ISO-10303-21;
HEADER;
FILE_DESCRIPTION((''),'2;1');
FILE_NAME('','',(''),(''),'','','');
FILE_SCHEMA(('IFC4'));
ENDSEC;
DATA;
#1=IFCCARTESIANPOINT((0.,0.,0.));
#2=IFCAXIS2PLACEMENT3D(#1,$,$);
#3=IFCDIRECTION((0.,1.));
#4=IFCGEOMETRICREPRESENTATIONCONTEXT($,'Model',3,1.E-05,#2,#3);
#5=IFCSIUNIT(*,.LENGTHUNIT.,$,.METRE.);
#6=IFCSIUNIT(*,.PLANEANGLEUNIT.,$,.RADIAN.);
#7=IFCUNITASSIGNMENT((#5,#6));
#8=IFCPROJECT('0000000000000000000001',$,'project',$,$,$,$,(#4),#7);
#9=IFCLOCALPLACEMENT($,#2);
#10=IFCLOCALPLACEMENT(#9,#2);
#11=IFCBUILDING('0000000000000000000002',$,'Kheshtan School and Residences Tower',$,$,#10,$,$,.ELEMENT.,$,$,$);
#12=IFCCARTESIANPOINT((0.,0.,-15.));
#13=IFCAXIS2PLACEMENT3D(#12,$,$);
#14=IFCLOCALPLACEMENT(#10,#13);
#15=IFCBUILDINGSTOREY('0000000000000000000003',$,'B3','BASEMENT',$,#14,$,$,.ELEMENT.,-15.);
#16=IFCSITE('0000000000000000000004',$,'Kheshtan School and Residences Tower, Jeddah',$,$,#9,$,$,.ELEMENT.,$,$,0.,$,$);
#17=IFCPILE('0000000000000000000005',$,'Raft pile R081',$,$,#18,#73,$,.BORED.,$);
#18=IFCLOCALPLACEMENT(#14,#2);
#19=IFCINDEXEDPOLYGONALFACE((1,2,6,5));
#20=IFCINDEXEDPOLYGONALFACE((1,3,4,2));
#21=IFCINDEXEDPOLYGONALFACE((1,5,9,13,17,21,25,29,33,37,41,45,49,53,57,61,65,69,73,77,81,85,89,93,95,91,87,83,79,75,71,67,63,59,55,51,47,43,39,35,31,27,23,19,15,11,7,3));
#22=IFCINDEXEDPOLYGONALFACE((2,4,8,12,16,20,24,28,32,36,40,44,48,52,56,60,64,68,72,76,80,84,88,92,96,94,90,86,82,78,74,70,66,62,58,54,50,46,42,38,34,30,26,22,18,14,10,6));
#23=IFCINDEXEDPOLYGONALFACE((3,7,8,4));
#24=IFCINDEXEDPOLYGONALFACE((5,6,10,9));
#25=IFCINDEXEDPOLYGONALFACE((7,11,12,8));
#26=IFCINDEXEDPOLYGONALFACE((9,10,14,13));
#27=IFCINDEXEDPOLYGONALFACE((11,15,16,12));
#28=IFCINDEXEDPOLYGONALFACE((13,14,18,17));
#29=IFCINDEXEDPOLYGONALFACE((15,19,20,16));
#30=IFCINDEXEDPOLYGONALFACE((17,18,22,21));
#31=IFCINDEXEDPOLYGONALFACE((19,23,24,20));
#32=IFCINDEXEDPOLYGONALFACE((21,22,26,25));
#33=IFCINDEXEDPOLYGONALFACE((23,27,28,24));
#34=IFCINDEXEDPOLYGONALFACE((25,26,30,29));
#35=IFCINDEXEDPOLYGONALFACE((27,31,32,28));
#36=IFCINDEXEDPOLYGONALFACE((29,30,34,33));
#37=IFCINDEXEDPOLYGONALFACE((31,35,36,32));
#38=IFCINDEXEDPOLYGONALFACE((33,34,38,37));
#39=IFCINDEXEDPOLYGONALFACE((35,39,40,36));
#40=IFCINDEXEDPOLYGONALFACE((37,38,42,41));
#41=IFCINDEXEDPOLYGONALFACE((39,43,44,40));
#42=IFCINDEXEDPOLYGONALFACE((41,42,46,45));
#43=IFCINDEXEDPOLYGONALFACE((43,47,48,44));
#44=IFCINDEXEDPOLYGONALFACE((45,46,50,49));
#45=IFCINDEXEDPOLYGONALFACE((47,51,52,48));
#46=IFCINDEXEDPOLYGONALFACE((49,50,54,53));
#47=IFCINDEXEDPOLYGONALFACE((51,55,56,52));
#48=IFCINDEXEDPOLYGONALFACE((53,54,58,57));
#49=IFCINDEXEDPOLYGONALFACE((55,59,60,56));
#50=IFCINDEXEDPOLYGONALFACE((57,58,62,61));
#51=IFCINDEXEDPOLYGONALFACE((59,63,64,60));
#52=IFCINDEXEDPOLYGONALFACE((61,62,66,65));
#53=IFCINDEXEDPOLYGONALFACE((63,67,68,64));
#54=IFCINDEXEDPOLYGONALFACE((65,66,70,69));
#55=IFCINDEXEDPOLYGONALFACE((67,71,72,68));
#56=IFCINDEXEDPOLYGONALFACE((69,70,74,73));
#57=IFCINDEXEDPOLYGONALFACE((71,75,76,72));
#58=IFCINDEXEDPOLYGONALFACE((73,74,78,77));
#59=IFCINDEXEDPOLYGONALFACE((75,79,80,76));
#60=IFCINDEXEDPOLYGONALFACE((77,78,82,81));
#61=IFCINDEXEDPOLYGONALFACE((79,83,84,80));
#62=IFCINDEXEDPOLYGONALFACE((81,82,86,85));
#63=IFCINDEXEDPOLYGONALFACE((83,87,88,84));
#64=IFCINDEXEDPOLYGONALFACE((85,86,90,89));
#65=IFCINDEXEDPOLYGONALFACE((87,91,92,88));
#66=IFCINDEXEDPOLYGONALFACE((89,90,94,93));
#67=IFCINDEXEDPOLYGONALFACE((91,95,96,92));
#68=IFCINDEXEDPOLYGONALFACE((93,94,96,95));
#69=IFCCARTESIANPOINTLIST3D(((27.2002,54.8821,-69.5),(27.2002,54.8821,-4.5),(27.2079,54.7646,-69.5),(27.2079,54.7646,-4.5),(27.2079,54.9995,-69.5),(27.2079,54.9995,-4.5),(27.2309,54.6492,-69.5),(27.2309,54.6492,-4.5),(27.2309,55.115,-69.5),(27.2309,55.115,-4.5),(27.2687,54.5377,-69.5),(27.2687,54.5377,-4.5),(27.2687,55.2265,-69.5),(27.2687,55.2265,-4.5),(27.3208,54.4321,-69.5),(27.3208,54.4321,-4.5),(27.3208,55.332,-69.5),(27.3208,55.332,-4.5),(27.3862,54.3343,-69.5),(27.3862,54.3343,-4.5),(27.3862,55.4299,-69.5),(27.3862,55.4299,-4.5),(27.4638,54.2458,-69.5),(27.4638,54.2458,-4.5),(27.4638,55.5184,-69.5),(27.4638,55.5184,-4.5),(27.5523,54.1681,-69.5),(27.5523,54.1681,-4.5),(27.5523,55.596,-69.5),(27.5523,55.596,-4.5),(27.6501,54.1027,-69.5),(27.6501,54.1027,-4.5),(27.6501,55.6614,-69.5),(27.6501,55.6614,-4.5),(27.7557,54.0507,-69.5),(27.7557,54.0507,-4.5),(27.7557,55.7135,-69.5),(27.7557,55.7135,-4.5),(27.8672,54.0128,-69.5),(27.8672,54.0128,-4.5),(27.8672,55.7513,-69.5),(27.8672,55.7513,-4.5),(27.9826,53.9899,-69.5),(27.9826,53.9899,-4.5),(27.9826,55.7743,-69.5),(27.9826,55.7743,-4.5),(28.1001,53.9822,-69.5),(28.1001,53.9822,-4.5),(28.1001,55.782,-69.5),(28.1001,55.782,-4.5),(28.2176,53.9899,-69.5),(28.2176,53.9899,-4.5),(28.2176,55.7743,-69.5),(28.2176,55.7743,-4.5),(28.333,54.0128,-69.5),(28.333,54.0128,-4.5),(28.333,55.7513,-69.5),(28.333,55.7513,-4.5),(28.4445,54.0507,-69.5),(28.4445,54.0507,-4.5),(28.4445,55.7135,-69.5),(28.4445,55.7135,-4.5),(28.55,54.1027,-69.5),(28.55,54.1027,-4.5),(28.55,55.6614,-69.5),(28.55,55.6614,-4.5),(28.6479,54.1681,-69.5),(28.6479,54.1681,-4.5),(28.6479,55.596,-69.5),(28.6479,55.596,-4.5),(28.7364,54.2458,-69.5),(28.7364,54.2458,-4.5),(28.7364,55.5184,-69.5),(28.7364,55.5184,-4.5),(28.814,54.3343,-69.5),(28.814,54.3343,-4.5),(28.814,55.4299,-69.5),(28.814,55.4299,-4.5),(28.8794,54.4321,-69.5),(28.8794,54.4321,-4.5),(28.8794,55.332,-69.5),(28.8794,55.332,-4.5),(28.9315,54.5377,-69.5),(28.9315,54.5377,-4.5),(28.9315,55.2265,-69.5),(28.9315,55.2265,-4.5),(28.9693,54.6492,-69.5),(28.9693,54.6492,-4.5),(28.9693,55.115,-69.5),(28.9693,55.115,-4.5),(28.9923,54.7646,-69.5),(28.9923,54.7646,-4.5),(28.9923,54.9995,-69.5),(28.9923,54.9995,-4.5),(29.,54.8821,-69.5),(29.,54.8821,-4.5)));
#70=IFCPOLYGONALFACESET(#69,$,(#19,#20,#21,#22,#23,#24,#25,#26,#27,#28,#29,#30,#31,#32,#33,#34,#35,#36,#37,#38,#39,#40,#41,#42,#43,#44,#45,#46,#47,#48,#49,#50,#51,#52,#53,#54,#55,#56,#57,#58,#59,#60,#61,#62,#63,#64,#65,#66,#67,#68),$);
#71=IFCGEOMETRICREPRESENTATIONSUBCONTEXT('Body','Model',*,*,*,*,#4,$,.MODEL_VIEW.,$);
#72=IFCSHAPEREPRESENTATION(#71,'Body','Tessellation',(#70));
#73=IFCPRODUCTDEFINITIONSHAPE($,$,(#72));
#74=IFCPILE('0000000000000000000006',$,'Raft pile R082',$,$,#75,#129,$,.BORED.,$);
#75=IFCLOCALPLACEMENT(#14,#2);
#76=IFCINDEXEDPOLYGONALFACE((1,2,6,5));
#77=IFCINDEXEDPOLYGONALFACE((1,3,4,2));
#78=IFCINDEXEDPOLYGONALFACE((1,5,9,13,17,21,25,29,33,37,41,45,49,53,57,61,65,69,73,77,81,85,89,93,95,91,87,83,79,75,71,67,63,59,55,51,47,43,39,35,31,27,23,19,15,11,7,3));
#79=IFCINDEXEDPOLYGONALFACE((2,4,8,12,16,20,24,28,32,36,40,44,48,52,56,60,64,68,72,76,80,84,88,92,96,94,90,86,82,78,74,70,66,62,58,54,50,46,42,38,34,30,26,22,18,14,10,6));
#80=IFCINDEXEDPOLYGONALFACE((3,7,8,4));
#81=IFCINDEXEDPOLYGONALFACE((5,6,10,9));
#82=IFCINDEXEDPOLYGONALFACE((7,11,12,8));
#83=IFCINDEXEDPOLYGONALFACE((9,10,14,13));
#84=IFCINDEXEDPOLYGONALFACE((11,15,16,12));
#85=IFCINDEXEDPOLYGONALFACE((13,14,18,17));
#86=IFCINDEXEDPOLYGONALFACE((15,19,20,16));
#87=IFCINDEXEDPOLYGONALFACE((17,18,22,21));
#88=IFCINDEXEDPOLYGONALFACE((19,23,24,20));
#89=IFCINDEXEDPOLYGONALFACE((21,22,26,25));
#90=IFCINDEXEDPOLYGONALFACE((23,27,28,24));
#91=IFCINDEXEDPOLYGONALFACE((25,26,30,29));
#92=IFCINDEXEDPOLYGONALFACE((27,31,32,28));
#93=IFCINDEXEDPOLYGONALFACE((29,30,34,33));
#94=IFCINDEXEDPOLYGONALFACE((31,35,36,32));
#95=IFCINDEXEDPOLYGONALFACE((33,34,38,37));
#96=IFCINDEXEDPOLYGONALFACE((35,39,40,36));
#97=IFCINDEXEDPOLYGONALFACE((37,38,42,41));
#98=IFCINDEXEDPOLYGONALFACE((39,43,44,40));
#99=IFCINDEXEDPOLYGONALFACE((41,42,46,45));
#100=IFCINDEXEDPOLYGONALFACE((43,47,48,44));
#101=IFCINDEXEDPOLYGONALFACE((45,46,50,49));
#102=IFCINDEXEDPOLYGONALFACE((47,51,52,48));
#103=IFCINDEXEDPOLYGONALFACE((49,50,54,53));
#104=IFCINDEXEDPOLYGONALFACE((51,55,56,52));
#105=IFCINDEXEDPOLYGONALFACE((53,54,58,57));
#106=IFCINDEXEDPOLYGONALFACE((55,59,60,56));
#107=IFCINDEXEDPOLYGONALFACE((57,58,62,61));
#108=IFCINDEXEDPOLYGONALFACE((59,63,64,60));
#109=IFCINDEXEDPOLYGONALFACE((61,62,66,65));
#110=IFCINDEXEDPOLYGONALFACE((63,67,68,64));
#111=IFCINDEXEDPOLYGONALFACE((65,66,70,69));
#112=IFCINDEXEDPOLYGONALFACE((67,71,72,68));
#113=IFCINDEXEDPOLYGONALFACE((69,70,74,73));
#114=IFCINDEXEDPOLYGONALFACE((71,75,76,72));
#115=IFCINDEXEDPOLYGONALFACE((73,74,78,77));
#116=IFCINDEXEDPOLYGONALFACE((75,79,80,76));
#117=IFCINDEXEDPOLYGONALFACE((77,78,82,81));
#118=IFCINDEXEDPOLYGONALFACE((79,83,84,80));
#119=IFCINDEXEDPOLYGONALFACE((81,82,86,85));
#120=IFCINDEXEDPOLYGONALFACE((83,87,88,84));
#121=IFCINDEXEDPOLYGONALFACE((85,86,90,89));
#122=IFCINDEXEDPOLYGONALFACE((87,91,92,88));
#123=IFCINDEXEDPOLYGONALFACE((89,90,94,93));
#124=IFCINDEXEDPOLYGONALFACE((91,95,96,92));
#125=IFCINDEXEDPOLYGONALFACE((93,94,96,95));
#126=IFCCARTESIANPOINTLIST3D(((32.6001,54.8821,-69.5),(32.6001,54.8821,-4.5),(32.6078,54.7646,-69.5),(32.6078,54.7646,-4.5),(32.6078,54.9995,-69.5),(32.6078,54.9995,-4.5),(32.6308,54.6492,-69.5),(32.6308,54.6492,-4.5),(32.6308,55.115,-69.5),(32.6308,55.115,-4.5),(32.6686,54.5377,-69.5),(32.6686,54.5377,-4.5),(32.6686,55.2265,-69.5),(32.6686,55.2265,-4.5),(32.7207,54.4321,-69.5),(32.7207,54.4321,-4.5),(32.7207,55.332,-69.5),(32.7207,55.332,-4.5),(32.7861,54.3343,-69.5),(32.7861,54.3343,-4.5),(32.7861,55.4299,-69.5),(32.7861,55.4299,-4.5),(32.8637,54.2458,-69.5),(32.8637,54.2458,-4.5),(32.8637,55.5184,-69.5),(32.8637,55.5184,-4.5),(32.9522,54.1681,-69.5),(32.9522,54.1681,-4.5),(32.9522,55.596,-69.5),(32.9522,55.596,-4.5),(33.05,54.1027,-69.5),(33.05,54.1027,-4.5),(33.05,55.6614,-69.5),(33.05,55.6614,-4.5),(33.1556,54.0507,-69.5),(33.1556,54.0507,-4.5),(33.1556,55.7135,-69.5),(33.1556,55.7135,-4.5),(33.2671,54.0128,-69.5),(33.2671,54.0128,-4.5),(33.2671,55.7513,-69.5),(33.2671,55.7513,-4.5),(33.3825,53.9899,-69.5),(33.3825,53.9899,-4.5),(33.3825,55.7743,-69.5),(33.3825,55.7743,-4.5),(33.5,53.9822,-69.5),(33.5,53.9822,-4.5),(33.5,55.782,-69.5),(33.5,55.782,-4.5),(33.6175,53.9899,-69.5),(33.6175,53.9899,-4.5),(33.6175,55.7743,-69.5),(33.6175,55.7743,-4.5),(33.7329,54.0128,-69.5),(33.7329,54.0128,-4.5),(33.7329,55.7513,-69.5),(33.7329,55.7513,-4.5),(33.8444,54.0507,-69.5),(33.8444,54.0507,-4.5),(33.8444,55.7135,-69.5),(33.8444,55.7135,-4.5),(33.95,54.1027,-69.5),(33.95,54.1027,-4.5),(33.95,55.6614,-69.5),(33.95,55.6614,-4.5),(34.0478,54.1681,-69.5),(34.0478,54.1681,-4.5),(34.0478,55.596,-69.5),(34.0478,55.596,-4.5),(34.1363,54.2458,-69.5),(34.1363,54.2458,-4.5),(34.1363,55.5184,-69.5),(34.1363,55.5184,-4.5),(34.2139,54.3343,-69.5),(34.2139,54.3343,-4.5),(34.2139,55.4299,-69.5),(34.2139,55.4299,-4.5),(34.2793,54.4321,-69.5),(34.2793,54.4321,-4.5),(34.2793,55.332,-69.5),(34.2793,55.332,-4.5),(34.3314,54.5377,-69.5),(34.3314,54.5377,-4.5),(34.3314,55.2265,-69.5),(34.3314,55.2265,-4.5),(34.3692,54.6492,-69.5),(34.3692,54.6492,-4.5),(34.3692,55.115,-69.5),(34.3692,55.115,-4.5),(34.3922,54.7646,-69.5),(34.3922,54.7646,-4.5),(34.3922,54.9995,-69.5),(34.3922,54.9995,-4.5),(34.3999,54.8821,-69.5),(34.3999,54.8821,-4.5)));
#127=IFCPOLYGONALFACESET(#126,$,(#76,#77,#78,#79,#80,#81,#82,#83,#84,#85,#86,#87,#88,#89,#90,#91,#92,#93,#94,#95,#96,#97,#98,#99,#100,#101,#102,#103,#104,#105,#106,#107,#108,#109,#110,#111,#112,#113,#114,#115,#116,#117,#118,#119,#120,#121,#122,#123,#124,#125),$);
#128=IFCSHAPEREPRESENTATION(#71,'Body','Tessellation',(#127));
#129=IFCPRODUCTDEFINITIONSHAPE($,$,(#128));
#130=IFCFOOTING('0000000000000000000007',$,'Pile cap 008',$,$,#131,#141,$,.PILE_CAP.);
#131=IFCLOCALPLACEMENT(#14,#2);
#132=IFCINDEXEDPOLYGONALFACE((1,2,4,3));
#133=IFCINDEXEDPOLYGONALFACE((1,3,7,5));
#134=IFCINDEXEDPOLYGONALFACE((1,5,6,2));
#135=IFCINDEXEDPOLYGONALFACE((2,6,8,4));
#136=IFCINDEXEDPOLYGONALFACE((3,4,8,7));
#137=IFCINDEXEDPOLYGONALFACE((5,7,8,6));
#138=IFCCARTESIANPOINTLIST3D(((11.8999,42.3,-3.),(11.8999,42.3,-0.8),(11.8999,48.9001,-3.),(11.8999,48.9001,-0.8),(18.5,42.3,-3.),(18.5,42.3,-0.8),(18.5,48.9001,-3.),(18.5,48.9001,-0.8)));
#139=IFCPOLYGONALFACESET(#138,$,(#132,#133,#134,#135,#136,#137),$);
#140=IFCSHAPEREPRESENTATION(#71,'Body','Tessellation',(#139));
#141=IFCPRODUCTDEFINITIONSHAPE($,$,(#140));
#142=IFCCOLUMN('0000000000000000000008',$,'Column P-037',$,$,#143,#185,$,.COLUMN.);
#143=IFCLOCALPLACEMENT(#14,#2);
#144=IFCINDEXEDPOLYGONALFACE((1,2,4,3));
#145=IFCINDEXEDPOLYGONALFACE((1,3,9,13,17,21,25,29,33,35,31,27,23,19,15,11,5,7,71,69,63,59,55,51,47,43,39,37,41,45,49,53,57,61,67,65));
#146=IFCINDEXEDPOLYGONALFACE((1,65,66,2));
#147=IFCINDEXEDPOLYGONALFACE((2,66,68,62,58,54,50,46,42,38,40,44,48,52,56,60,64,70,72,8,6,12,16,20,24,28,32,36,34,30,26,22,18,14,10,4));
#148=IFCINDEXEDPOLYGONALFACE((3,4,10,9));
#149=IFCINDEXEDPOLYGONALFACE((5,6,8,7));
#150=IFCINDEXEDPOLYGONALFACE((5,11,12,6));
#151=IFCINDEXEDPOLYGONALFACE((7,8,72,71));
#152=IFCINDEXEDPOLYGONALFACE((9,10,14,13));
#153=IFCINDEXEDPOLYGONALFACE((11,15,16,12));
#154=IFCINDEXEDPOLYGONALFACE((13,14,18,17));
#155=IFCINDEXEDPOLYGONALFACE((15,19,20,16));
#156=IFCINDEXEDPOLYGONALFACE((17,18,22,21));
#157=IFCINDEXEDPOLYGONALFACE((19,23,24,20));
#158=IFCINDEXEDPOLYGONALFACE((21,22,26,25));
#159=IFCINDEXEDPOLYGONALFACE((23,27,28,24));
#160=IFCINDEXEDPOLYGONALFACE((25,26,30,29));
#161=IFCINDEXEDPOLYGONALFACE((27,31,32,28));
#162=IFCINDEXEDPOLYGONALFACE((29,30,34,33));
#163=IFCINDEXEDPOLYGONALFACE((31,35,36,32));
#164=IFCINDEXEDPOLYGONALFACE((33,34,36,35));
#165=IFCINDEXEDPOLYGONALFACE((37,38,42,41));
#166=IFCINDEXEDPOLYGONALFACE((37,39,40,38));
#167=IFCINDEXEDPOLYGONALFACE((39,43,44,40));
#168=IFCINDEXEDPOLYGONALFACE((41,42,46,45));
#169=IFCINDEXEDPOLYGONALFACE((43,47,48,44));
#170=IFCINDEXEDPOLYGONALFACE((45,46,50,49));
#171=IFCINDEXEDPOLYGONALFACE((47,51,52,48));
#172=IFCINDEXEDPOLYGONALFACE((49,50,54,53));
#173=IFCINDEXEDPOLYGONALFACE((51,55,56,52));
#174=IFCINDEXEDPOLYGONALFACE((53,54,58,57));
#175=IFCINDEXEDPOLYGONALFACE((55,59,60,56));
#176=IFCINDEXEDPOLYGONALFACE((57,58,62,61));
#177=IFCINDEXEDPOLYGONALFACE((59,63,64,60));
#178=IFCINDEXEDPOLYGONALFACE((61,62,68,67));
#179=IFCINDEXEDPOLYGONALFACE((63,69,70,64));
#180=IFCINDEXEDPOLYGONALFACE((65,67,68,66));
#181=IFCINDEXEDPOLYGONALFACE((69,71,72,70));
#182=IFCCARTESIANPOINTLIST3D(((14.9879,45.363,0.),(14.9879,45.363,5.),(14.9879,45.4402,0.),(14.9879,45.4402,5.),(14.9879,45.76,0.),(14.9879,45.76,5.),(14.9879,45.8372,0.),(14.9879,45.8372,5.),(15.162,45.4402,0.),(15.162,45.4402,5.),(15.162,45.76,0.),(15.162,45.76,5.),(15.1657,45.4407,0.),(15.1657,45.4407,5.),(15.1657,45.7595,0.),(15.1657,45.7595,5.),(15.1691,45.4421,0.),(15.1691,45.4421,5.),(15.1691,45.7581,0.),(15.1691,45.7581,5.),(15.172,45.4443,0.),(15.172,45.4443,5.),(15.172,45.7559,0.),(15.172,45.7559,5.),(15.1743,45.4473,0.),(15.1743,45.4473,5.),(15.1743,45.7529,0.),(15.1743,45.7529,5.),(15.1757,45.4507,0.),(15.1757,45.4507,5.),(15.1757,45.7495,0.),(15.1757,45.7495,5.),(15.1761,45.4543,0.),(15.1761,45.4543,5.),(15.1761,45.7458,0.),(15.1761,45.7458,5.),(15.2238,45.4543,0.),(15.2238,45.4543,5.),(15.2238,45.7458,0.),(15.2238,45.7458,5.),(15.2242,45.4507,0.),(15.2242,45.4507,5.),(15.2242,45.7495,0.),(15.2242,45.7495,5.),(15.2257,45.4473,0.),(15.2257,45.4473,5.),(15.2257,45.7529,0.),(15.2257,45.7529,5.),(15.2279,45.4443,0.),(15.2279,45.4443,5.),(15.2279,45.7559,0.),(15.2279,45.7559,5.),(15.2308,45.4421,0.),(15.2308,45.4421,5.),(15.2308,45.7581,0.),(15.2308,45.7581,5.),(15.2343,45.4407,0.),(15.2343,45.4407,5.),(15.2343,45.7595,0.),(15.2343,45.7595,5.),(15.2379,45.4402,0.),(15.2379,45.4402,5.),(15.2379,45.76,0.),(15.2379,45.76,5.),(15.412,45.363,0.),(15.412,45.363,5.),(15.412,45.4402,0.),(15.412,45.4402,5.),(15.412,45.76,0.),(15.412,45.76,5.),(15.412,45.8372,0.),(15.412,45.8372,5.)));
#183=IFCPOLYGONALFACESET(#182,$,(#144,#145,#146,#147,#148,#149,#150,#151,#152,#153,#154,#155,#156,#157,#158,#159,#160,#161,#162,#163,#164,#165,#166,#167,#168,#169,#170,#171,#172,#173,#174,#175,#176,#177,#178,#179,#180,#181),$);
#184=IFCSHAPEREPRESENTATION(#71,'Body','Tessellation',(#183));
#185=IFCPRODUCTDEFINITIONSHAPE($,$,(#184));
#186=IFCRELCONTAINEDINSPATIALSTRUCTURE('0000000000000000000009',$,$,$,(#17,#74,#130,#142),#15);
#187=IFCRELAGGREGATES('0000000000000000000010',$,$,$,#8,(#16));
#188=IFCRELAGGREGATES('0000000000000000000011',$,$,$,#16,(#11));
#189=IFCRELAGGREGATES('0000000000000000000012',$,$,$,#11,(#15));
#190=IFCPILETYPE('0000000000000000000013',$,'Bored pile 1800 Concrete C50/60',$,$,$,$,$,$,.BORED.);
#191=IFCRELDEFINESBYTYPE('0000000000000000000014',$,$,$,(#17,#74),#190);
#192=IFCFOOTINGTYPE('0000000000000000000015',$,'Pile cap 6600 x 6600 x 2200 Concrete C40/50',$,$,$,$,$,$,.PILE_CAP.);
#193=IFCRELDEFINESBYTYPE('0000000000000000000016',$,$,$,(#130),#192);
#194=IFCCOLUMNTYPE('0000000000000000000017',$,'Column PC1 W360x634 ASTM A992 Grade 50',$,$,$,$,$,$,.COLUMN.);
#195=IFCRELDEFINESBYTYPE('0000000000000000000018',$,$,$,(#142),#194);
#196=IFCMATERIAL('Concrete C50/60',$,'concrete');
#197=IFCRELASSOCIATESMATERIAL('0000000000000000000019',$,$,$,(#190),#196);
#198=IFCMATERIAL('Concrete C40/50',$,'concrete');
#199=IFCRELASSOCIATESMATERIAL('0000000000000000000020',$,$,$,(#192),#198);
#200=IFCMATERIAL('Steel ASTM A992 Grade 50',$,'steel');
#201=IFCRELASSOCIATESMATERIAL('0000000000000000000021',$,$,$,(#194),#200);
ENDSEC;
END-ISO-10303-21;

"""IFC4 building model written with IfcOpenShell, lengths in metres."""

from ifc_helpers import new_model, si_unit, direction, frame, origin, origin_2d, place, context, subcontext, project, spatial, rectangle, circle, i_section, extrude, material, material_profile, profile_set, type_object, element, save


model = new_model("IFC4")

# Units and contexts
model_context = context("Model", 3, precision=1e-05, world=origin(), true_north=direction((0.0, 1.0)))
body_context = subcontext(model_context, "Body", "Model", "MODEL_VIEW")
ifc_project = project(units=[si_unit("LENGTHUNIT", "METRE"), si_unit("PLANEANGLEUNIT", "RADIAN")], contexts=[model_context])

# Site, building, storey
site_placement = place(None, origin())
site = spatial("IfcSite", under=ifc_project, at=site_placement, Name="Kheshtan School and Residences Tower, Jeddah", CompositionType="ELEMENT", RefElevation=0.0)
building_placement = place(site_placement, origin())
building = spatial("IfcBuilding", under=site, at=building_placement, Name="Kheshtan School and Residences Tower", CompositionType="ELEMENT")
storey_placement = place(building_placement, frame((0.0, 0.0, -15.0)))
storey = spatial("IfcBuildingStorey", under=building, at=storey_placement, Name="B3", Description="BASEMENT", CompositionType="ELEMENT", Elevation=-15.0)

# Piles
ifc_material_1 = material(Name="Concrete C50/60", Category="concrete")
ifc_material_profile_1 = material_profile(ifc_material_1, circle(Radius=0.8999, at=origin_2d()), Name="BP 1800")
ifc_profile_set_1 = profile_set([ifc_material_profile_1], Name="Concrete C50/60")
pile_type_1 = type_object("IfcPileType", Name="Bored pile 1800 Concrete C50/60", PredefinedType="BORED", material=ifc_profile_set_1)
for number, where, z_axis, x_axis, name in (
    (1, (28.1001, 54.8821, -4.5), (0.0, 0.0, -1.0), (1.0, 0.0, 0.0), "Raft pile R081"),
    (2, (33.5, 54.8821, -4.5), (0.0, 0.0, -1.0), (1.0, 0.0, 0.0), "Raft pile R082"),
):
    element("IfcPile", number, at=place(storey_placement, frame(where, z_axis=z_axis, x_axis=x_axis)), inside=storey, type_object=pile_type_1, Name=name, PredefinedType="BORED", context=body_context, shape_type="SweptSolid", body=[
        extrude(circle(Radius=0.8999, at=origin_2d()), origin(), (0.0, 0.0, 1.0), 65.0),
    ])

# Footing
ifc_material_2 = material(Name="Concrete C40/50", Category="concrete")
footing_type = type_object("IfcFootingType", Name="Pile cap 6600 x 6600 x 2200 Concrete C40/50", PredefinedType="PILE_CAP", material=ifc_material_2)
footing_placement = place(storey_placement, frame((15.2, 45.6001, -3.0), z_axis=(0.0, 0.0, 1.0), x_axis=(1.0, 0.0, 0.0)))
element("IfcFooting", 3, at=footing_placement, inside=storey, type_object=footing_type, Name="Pile cap 008", PredefinedType="PILE_CAP", context=body_context, shape_type="SweptSolid", body=[
    extrude(rectangle(XDim=6.6001, YDim=6.6001, at=origin_2d()), origin(), (0.0, 0.0, 1.0), 2.2),
])

# Column
ifc_material_3 = material(Name="Steel ASTM A992 Grade 50", Category="steel")
ifc_material_profile_2 = material_profile(ifc_material_3, i_section(OverallWidth=0.4241, OverallDepth=0.4741, WebThickness=0.0476, FlangeThickness=0.0771, FilletRadius=0.0142, at=origin_2d()), Name="W360x634")
ifc_profile_set_2 = profile_set([ifc_material_profile_2], Name="Steel ASTM A992 Grade 50")
column_type = type_object("IfcColumnType", Name="Column PC1 W360x634 ASTM A992 Grade 50", PredefinedType="COLUMN", material=ifc_profile_set_2)
for number, where, z_axis, x_axis, name in (
    (4, (15.2, 45.6001, 0.0), (0.0, 0.0, 1.0), (1.0, 0.0, 0.0), "Column P-037"),
):
    element("IfcColumn", number, at=place(storey_placement, frame(where, z_axis=z_axis, x_axis=x_axis)), inside=storey, type_object=column_type, Name=name, PredefinedType="COLUMN", context=body_context, shape_type="SweptSolid", body=[
        extrude(i_section(OverallWidth=0.4241, OverallDepth=0.4741, WebThickness=0.0476, FlangeThickness=0.0771, FilletRadius=0.0142, at=origin_2d()), origin(), (0.0, 0.0, 1.0), 5.0),
    ])

save(model, "model.ifc")
